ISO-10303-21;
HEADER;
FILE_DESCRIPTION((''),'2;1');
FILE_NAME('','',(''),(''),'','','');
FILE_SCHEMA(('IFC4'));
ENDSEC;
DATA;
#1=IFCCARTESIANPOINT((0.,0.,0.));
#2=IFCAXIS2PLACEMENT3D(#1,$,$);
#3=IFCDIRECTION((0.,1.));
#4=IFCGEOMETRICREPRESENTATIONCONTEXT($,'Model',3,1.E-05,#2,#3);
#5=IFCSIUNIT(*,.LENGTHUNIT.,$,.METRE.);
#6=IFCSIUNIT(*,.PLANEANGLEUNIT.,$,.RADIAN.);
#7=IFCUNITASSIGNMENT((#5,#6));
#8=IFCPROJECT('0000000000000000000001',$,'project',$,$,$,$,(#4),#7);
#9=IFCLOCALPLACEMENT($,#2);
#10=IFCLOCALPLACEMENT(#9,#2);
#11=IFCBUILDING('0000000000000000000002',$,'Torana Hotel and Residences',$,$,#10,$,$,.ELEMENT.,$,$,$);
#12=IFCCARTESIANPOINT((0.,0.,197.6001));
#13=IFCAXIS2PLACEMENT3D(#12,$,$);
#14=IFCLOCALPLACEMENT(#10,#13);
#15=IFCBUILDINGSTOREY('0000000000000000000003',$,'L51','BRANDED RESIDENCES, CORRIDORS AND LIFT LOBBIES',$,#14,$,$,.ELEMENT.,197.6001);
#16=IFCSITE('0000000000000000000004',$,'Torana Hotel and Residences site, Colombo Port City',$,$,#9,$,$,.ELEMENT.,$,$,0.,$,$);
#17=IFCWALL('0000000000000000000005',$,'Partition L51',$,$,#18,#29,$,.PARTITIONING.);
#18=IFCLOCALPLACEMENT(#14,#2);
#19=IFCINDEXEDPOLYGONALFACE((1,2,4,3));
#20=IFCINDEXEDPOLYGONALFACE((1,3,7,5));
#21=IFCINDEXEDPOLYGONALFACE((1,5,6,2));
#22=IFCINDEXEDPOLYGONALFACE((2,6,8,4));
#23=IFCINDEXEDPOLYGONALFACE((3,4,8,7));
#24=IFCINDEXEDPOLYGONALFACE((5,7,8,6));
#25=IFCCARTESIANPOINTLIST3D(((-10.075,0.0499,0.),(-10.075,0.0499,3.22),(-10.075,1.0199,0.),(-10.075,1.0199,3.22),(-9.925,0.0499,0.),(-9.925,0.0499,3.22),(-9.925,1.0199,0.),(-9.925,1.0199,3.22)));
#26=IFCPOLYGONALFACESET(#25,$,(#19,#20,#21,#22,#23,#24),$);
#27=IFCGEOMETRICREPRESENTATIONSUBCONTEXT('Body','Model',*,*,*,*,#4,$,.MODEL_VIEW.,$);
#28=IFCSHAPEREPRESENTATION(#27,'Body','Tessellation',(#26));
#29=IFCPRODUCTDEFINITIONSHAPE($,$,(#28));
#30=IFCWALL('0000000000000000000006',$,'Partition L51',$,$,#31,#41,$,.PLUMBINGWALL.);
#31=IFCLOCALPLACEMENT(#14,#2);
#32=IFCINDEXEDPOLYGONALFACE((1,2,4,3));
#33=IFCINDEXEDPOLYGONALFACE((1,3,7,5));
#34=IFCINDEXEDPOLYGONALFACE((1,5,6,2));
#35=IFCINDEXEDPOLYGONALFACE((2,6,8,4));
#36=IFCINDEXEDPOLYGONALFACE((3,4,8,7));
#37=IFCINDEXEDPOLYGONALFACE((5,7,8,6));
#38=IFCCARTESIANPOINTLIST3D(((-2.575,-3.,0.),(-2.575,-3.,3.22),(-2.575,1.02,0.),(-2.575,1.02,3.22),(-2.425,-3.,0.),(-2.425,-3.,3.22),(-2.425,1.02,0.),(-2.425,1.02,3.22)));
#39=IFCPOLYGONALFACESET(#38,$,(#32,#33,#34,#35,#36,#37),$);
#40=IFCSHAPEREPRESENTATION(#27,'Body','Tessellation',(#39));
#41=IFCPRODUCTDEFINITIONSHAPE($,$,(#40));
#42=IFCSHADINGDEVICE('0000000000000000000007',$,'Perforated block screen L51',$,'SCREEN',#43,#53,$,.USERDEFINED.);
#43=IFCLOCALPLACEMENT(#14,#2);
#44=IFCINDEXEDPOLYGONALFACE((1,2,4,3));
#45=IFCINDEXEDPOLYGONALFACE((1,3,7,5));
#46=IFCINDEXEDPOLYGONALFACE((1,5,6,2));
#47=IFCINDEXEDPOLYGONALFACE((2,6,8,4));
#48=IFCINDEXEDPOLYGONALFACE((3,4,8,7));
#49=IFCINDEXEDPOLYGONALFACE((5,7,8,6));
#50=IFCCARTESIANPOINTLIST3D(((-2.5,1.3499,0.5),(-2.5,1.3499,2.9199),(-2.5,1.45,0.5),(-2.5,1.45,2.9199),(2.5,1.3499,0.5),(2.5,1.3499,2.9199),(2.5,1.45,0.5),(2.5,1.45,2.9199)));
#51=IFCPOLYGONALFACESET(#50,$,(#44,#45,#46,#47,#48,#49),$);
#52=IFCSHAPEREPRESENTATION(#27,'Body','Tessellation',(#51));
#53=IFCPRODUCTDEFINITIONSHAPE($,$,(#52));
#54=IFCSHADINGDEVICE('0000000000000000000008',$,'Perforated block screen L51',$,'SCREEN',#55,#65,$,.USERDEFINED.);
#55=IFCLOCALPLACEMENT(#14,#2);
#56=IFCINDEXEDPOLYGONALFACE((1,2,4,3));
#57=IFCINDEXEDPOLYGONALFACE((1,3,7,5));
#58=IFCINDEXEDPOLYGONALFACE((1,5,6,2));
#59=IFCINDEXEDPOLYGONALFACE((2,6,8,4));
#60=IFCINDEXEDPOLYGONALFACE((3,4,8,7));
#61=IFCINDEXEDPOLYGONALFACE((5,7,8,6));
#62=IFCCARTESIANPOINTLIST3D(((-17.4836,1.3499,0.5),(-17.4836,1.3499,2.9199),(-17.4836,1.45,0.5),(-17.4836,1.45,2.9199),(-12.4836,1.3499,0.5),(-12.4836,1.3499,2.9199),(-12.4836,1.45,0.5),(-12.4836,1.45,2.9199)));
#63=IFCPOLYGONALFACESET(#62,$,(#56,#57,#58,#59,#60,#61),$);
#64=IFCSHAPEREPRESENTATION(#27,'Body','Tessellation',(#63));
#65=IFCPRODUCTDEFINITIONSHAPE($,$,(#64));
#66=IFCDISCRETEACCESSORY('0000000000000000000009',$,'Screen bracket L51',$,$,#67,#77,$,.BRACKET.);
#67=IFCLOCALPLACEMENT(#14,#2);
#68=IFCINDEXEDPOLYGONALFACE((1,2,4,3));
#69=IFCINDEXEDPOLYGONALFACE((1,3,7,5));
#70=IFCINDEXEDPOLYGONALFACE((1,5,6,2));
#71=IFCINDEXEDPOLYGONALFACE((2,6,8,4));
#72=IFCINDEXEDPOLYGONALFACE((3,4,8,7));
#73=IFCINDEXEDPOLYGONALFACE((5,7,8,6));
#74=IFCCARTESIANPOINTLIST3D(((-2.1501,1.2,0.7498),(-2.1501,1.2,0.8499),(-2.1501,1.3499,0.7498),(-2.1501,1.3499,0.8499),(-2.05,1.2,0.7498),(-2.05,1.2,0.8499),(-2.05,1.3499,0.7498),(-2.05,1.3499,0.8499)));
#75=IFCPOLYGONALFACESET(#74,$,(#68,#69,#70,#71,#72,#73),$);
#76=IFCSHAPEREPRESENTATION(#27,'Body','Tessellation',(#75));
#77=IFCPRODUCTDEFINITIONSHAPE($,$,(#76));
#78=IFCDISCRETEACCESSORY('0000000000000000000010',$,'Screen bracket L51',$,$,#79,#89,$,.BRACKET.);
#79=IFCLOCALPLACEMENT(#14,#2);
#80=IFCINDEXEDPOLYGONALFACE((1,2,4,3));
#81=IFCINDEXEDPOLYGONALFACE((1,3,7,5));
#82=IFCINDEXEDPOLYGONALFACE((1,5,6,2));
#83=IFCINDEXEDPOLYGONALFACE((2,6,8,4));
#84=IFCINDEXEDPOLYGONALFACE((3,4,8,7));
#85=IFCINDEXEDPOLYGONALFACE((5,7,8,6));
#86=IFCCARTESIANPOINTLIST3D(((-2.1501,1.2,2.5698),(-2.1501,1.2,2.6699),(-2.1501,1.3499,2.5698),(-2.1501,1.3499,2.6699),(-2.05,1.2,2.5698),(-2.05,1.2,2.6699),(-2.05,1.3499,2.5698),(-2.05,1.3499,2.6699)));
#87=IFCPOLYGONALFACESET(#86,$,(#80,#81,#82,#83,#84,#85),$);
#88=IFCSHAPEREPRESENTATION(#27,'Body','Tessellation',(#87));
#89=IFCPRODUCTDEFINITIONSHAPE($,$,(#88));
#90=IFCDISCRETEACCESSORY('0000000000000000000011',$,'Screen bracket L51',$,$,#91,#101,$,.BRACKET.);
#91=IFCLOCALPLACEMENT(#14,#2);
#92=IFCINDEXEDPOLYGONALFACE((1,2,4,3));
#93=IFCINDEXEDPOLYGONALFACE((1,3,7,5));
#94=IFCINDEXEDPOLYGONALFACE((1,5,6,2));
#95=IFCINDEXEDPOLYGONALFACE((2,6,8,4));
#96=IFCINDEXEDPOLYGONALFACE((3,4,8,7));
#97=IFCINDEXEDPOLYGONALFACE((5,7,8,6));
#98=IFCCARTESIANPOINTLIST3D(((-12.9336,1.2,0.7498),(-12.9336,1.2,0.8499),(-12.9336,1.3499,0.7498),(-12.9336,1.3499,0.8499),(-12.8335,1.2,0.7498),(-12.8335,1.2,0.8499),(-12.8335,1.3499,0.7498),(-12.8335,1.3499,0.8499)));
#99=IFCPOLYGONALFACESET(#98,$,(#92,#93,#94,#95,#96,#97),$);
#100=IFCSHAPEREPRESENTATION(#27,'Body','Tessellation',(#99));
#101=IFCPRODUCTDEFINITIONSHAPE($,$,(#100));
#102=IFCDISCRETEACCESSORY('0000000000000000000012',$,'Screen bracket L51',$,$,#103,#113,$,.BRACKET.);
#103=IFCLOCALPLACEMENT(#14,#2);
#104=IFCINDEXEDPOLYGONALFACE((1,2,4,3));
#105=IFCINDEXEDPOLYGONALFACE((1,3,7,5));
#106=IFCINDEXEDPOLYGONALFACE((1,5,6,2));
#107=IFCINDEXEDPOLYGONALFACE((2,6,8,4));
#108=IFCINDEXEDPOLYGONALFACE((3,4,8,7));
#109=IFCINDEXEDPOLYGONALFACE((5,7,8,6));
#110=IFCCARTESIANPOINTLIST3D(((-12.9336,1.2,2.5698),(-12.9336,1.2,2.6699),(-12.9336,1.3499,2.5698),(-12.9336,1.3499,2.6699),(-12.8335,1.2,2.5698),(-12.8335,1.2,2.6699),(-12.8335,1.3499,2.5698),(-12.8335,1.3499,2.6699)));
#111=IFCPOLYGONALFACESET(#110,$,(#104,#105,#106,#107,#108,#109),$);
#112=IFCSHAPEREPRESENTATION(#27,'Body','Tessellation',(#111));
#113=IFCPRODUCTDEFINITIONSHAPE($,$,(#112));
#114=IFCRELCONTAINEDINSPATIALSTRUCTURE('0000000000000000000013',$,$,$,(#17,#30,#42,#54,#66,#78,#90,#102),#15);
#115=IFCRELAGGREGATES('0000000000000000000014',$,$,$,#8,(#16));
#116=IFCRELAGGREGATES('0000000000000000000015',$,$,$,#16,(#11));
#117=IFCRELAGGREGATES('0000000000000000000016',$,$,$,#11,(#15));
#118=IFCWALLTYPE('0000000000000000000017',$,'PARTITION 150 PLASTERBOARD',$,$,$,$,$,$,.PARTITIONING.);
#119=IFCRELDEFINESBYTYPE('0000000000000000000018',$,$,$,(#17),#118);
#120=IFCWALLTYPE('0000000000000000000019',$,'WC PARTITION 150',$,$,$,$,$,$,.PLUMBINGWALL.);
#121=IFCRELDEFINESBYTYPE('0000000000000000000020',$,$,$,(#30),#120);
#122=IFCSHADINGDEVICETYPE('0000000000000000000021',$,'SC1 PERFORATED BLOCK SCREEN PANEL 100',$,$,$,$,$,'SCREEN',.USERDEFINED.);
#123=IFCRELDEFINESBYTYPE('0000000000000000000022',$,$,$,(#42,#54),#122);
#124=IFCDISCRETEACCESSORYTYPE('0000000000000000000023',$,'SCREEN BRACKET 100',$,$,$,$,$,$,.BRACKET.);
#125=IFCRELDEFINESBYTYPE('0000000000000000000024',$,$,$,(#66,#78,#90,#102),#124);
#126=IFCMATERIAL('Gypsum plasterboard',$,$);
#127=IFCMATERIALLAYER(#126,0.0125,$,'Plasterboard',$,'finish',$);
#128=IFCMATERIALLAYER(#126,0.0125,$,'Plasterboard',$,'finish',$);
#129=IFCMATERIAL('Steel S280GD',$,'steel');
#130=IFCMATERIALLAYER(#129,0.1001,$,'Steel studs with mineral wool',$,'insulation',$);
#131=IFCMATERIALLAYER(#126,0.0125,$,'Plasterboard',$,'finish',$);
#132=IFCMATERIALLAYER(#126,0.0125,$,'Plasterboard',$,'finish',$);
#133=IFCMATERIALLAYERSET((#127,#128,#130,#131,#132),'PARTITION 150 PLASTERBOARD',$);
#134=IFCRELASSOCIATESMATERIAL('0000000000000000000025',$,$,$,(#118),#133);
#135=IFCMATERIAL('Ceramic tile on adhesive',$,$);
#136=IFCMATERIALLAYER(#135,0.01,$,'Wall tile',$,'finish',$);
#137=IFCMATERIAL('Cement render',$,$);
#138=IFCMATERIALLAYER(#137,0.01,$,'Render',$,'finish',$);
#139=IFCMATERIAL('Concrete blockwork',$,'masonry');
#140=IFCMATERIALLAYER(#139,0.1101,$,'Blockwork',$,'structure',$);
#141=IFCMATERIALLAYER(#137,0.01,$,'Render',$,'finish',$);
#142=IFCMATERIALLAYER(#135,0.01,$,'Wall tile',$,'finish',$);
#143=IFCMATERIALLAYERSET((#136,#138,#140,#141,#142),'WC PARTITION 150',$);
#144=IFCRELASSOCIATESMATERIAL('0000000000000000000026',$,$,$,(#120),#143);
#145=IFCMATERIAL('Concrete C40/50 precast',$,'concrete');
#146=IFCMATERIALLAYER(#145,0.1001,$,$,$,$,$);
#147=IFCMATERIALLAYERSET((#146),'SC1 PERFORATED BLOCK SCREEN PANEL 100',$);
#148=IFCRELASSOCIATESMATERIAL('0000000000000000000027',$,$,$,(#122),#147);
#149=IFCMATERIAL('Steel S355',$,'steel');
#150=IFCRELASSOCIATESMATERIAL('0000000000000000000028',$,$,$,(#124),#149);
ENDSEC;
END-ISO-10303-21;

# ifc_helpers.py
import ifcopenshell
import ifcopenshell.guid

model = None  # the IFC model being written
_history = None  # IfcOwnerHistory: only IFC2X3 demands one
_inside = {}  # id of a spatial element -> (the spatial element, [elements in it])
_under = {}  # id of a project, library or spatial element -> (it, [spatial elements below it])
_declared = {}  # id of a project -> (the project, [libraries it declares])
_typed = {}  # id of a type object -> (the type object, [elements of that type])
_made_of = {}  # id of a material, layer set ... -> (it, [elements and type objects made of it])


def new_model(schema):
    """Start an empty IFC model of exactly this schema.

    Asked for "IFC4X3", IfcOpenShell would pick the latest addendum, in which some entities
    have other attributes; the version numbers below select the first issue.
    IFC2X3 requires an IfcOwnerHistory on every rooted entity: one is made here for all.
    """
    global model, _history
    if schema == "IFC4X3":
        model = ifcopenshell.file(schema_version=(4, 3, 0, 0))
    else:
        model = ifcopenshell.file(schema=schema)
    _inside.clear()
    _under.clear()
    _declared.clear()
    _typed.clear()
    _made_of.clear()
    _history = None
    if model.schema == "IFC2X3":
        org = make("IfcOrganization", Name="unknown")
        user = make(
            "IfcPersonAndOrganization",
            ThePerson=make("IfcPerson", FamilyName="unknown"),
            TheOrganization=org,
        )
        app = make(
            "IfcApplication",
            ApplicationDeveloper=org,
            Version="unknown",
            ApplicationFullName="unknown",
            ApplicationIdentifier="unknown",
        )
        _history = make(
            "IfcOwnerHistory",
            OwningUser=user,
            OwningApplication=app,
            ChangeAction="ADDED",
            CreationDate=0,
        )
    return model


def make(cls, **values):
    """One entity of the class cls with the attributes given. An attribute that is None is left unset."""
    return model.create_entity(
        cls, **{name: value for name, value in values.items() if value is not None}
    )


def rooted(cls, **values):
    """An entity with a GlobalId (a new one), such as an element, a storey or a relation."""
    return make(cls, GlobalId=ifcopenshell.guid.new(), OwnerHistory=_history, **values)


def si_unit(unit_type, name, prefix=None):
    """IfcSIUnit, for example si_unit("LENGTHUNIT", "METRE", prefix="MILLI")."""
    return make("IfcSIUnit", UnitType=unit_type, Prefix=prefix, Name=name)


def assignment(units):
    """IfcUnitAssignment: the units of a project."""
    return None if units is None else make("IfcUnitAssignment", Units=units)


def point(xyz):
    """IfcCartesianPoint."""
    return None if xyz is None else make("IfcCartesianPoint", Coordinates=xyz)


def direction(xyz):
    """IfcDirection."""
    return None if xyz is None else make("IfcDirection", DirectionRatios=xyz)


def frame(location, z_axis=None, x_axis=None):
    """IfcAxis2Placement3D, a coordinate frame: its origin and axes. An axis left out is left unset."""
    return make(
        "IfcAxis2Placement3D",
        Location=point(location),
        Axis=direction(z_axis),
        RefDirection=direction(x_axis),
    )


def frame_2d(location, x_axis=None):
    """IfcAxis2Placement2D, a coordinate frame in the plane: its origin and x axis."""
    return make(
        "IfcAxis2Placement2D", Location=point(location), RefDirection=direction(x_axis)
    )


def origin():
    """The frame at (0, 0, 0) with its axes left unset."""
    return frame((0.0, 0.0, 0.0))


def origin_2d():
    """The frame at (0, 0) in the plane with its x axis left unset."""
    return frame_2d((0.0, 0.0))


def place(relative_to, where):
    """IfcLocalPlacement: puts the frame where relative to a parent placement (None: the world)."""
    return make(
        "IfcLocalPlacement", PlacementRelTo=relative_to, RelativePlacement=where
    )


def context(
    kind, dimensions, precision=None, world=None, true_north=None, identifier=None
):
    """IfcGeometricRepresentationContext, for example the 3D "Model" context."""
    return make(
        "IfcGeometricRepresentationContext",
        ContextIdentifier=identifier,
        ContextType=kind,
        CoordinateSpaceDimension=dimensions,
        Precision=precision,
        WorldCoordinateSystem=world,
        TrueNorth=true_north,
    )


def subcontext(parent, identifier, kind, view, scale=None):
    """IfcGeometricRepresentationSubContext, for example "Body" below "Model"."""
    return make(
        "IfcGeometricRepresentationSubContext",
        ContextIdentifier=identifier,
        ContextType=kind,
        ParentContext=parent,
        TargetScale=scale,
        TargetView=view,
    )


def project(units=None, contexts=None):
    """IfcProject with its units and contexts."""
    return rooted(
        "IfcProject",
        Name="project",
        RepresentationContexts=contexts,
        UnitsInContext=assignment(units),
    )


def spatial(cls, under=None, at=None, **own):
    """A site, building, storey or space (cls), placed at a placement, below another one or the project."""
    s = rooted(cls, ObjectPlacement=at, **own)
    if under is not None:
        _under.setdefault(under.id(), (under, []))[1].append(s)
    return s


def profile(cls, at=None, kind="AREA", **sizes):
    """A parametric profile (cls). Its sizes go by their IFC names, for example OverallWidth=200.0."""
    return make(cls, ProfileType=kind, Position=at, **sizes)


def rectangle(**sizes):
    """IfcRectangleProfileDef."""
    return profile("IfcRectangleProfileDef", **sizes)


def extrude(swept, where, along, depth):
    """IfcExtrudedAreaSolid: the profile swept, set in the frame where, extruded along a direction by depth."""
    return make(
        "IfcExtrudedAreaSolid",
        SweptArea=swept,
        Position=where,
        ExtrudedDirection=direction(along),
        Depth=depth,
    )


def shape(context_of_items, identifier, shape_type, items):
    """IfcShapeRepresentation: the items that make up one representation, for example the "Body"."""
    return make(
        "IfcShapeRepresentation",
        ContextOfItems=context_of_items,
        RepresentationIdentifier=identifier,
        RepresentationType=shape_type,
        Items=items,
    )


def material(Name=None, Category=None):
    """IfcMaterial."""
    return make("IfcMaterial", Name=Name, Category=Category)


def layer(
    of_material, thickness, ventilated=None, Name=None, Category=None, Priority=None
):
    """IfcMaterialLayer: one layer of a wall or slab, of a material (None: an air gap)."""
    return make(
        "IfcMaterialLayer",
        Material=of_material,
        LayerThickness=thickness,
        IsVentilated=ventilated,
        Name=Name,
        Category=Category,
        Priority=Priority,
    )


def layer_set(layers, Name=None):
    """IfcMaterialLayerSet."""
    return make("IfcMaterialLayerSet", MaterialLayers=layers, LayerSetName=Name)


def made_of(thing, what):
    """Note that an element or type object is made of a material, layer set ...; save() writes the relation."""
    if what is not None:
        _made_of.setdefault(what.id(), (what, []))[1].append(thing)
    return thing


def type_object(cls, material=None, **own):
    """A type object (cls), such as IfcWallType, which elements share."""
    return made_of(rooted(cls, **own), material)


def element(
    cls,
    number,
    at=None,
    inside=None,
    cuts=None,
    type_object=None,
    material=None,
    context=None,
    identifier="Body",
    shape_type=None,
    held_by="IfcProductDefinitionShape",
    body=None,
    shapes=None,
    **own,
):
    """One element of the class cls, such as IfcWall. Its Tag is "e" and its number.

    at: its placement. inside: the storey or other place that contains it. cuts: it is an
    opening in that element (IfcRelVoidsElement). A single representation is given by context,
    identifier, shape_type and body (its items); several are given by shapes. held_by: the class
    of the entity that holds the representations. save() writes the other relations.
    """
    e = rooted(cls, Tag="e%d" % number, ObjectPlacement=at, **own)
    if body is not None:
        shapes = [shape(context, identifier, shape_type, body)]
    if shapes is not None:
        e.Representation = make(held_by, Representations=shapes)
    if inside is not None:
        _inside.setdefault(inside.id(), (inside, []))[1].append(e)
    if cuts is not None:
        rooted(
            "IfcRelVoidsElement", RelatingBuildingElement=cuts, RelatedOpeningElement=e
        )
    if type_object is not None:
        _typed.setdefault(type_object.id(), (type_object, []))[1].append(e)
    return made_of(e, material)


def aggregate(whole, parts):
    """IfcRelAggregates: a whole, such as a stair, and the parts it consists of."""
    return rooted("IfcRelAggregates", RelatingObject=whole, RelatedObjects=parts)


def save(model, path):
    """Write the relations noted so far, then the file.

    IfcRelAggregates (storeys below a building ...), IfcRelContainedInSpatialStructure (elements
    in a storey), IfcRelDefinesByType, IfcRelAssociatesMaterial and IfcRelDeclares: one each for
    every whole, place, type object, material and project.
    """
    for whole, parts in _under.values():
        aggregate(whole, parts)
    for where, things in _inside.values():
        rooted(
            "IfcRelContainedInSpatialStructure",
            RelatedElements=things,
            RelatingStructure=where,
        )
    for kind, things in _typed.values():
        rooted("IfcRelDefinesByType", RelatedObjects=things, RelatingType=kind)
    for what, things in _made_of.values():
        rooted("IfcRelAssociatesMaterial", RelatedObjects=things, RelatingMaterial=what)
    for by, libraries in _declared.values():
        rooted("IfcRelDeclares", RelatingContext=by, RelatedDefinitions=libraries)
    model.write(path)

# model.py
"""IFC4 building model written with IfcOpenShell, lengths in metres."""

from ifc_helpers import new_model, si_unit, direction, frame, frame_2d, origin, origin_2d, place, context, subcontext, project, spatial, rectangle, extrude, material, layer, layer_set, type_object, element, save


model = new_model("IFC4")

# Units and contexts
model_context = context("Model", 3, precision=1e-05, world=origin(), true_north=direction((0.0, 1.0)))
body_context = subcontext(model_context, "Body", "Model", "MODEL_VIEW")
ifc_project = project(units=[si_unit("LENGTHUNIT", "METRE"), si_unit("PLANEANGLEUNIT", "RADIAN")], contexts=[model_context])

# Site, building, storey
site_placement = place(None, origin())
site = spatial("IfcSite", under=ifc_project, at=site_placement, Name="Torana Hotel and Residences site, Colombo Port City", CompositionType="ELEMENT", RefElevation=0.0)
building_placement = place(site_placement, origin())
building = spatial("IfcBuilding", under=site, at=building_placement, Name="Torana Hotel and Residences", CompositionType="ELEMENT")
storey_placement = place(building_placement, frame((0.0, 0.0, 197.6001)))
storey = spatial("IfcBuildingStorey", under=building, at=storey_placement, Name="L51", Description="BRANDED RESIDENCES, CORRIDORS AND LIFT LOBBIES", CompositionType="ELEMENT", Elevation=197.6001)

# Walls
ifc_material_1 = material(Name="Concrete blockwork", Category="masonry")
ifc_material_2 = material(Name="Gypsum plasterboard")
ifc_layer_1 = layer(ifc_material_2, 0.0125, Name="Plasterboard", Category="finish")
ifc_layer_2 = layer(ifc_material_2, 0.0125, Name="Plasterboard", Category="finish")
ifc_material_3 = material(Name="Steel S280GD", Category="steel")
ifc_layer_3 = layer(ifc_material_3, 0.1001, Name="Steel studs with mineral wool", Category="insulation")
ifc_layer_4 = layer(ifc_material_2, 0.0125, Name="Plasterboard", Category="finish")
ifc_layer_5 = layer(ifc_material_2, 0.0125, Name="Plasterboard", Category="finish")
ifc_layer_set_1 = layer_set([ifc_layer_1, ifc_layer_2, ifc_layer_3, ifc_layer_4, ifc_layer_5], Name="PARTITION 150 PLASTERBOARD")
wall_type_1 = type_object("IfcWallType", Name="PARTITION 150 PLASTERBOARD", PredefinedType="PARTITIONING", material=ifc_layer_set_1)
wall_1_placement = place(storey_placement, frame((-10.0, 0.05, 0.0), z_axis=(0.0, 0.0, 1.0), x_axis=(0.0, 1.0, 0.0)))
element("IfcWall", 1, at=wall_1_placement, inside=storey, type_object=wall_type_1, Name="Partition L51", PredefinedType="PARTITIONING", context=body_context, shape_type="SweptSolid", body=[
    extrude(rectangle(XDim=0.97, YDim=0.1499, at=frame_2d((0.4849, 0.0))), origin(), (0.0, 0.0, 1.0), 3.22),
])
ifc_material_4 = material(Name="Ceramic tile on adhesive")
ifc_layer_6 = layer(ifc_material_4, 0.01, Name="Wall tile", Category="finish")
ifc_material_5 = material(Name="Cement render")
ifc_layer_7 = layer(ifc_material_5, 0.01, Name="Render", Category="finish")
ifc_layer_8 = layer(ifc_material_1, 0.1101, Name="Blockwork", Category="structure")
ifc_layer_9 = layer(ifc_material_5, 0.01, Name="Render", Category="finish")
ifc_layer_10 = layer(ifc_material_4, 0.01, Name="Wall tile", Category="finish")
ifc_layer_set_2 = layer_set([ifc_layer_6, ifc_layer_7, ifc_layer_8, ifc_layer_9, ifc_layer_10], Name="WC PARTITION 150")
wall_type_2 = type_object("IfcWallType", Name="WC PARTITION 150", PredefinedType="PLUMBINGWALL", material=ifc_layer_set_2)
wall_2_placement = place(storey_placement, frame((-2.5, -3.0, 0.0), z_axis=(0.0, 0.0, 1.0), x_axis=(0.0, 1.0, 0.0)))
element("IfcWall", 2, at=wall_2_placement, inside=storey, type_object=wall_type_2, Name="Partition L51", PredefinedType="PLUMBINGWALL", context=body_context, shape_type="SweptSolid", body=[
    extrude(rectangle(XDim=4.02, YDim=0.1499, at=frame_2d((2.01, 0.0))), origin(), (0.0, 0.0, 1.0), 3.22),
])

# Shading devices
ifc_material_6 = material(Name="Concrete C40/50 precast", Category="concrete")
ifc_layer_11 = layer(ifc_material_6, 0.1001)
ifc_layer_set_3 = layer_set([ifc_layer_11], Name="SC1 PERFORATED BLOCK SCREEN PANEL 100")
shading_device_type = type_object("IfcShadingDeviceType", Name="SC1 PERFORATED BLOCK SCREEN PANEL 100", ElementType="SCREEN", PredefinedType="USERDEFINED", material=ifc_layer_set_3)
for number, where, z_axis, x_axis, name in (
    (3, (0.0, 1.3999, 0.5), (0.0, 0.0, 1.0), (-1.0, 0.0, 0.0), "Perforated block screen L51"),
    (4, (-14.9836, 1.3999, 0.5), (0.0, 0.0, 1.0), (-1.0, 0.0, 0.0), "Perforated block screen L51"),
):
    element("IfcShadingDevice", number, at=place(storey_placement, frame(where, z_axis=z_axis, x_axis=x_axis)), inside=storey, type_object=shading_device_type, Name=name, ObjectType="SCREEN", PredefinedType="USERDEFINED", context=body_context, shape_type="SweptSolid", body=[
        extrude(rectangle(XDim=5.0, YDim=0.1001, at=origin_2d()), origin(), (0.0, 0.0, 1.0), 2.4199),
    ])

# Discrete accessories
ifc_material_7 = material(Name="Steel S355", Category="steel")
discrete_accessory_type = type_object("IfcDiscreteAccessoryType", Name="SCREEN BRACKET 100", PredefinedType="BRACKET", material=ifc_material_7)
for number, where, z_axis, x_axis, name in (
    (5, (-2.1001, 1.2749, 0.7498), (0.0, 0.0, 1.0), (-1.0, 0.0, 0.0), "Screen bracket L51"),
    (6, (-2.1001, 1.2749, 2.5698), (0.0, 0.0, 1.0), (-1.0, 0.0, 0.0), "Screen bracket L51"),
    (7, (-12.8835, 1.2749, 0.7498), (0.0, 0.0, 1.0), (-1.0, 0.0, 0.0), "Screen bracket L51"),
    (8, (-12.8835, 1.2749, 2.5698), (0.0, 0.0, 1.0), (-1.0, 0.0, 0.0), "Screen bracket L51"),
):
    element("IfcDiscreteAccessory", number, at=place(storey_placement, frame(where, z_axis=z_axis, x_axis=x_axis)), inside=storey, type_object=discrete_accessory_type, Name=name, PredefinedType="BRACKET", context=body_context, shape_type="SweptSolid", body=[
        extrude(rectangle(XDim=0.1001, YDim=0.1499, at=origin_2d()), origin(), (0.0, 0.0, 1.0), 0.1001),
    ])

save(model, "model.ifc")
